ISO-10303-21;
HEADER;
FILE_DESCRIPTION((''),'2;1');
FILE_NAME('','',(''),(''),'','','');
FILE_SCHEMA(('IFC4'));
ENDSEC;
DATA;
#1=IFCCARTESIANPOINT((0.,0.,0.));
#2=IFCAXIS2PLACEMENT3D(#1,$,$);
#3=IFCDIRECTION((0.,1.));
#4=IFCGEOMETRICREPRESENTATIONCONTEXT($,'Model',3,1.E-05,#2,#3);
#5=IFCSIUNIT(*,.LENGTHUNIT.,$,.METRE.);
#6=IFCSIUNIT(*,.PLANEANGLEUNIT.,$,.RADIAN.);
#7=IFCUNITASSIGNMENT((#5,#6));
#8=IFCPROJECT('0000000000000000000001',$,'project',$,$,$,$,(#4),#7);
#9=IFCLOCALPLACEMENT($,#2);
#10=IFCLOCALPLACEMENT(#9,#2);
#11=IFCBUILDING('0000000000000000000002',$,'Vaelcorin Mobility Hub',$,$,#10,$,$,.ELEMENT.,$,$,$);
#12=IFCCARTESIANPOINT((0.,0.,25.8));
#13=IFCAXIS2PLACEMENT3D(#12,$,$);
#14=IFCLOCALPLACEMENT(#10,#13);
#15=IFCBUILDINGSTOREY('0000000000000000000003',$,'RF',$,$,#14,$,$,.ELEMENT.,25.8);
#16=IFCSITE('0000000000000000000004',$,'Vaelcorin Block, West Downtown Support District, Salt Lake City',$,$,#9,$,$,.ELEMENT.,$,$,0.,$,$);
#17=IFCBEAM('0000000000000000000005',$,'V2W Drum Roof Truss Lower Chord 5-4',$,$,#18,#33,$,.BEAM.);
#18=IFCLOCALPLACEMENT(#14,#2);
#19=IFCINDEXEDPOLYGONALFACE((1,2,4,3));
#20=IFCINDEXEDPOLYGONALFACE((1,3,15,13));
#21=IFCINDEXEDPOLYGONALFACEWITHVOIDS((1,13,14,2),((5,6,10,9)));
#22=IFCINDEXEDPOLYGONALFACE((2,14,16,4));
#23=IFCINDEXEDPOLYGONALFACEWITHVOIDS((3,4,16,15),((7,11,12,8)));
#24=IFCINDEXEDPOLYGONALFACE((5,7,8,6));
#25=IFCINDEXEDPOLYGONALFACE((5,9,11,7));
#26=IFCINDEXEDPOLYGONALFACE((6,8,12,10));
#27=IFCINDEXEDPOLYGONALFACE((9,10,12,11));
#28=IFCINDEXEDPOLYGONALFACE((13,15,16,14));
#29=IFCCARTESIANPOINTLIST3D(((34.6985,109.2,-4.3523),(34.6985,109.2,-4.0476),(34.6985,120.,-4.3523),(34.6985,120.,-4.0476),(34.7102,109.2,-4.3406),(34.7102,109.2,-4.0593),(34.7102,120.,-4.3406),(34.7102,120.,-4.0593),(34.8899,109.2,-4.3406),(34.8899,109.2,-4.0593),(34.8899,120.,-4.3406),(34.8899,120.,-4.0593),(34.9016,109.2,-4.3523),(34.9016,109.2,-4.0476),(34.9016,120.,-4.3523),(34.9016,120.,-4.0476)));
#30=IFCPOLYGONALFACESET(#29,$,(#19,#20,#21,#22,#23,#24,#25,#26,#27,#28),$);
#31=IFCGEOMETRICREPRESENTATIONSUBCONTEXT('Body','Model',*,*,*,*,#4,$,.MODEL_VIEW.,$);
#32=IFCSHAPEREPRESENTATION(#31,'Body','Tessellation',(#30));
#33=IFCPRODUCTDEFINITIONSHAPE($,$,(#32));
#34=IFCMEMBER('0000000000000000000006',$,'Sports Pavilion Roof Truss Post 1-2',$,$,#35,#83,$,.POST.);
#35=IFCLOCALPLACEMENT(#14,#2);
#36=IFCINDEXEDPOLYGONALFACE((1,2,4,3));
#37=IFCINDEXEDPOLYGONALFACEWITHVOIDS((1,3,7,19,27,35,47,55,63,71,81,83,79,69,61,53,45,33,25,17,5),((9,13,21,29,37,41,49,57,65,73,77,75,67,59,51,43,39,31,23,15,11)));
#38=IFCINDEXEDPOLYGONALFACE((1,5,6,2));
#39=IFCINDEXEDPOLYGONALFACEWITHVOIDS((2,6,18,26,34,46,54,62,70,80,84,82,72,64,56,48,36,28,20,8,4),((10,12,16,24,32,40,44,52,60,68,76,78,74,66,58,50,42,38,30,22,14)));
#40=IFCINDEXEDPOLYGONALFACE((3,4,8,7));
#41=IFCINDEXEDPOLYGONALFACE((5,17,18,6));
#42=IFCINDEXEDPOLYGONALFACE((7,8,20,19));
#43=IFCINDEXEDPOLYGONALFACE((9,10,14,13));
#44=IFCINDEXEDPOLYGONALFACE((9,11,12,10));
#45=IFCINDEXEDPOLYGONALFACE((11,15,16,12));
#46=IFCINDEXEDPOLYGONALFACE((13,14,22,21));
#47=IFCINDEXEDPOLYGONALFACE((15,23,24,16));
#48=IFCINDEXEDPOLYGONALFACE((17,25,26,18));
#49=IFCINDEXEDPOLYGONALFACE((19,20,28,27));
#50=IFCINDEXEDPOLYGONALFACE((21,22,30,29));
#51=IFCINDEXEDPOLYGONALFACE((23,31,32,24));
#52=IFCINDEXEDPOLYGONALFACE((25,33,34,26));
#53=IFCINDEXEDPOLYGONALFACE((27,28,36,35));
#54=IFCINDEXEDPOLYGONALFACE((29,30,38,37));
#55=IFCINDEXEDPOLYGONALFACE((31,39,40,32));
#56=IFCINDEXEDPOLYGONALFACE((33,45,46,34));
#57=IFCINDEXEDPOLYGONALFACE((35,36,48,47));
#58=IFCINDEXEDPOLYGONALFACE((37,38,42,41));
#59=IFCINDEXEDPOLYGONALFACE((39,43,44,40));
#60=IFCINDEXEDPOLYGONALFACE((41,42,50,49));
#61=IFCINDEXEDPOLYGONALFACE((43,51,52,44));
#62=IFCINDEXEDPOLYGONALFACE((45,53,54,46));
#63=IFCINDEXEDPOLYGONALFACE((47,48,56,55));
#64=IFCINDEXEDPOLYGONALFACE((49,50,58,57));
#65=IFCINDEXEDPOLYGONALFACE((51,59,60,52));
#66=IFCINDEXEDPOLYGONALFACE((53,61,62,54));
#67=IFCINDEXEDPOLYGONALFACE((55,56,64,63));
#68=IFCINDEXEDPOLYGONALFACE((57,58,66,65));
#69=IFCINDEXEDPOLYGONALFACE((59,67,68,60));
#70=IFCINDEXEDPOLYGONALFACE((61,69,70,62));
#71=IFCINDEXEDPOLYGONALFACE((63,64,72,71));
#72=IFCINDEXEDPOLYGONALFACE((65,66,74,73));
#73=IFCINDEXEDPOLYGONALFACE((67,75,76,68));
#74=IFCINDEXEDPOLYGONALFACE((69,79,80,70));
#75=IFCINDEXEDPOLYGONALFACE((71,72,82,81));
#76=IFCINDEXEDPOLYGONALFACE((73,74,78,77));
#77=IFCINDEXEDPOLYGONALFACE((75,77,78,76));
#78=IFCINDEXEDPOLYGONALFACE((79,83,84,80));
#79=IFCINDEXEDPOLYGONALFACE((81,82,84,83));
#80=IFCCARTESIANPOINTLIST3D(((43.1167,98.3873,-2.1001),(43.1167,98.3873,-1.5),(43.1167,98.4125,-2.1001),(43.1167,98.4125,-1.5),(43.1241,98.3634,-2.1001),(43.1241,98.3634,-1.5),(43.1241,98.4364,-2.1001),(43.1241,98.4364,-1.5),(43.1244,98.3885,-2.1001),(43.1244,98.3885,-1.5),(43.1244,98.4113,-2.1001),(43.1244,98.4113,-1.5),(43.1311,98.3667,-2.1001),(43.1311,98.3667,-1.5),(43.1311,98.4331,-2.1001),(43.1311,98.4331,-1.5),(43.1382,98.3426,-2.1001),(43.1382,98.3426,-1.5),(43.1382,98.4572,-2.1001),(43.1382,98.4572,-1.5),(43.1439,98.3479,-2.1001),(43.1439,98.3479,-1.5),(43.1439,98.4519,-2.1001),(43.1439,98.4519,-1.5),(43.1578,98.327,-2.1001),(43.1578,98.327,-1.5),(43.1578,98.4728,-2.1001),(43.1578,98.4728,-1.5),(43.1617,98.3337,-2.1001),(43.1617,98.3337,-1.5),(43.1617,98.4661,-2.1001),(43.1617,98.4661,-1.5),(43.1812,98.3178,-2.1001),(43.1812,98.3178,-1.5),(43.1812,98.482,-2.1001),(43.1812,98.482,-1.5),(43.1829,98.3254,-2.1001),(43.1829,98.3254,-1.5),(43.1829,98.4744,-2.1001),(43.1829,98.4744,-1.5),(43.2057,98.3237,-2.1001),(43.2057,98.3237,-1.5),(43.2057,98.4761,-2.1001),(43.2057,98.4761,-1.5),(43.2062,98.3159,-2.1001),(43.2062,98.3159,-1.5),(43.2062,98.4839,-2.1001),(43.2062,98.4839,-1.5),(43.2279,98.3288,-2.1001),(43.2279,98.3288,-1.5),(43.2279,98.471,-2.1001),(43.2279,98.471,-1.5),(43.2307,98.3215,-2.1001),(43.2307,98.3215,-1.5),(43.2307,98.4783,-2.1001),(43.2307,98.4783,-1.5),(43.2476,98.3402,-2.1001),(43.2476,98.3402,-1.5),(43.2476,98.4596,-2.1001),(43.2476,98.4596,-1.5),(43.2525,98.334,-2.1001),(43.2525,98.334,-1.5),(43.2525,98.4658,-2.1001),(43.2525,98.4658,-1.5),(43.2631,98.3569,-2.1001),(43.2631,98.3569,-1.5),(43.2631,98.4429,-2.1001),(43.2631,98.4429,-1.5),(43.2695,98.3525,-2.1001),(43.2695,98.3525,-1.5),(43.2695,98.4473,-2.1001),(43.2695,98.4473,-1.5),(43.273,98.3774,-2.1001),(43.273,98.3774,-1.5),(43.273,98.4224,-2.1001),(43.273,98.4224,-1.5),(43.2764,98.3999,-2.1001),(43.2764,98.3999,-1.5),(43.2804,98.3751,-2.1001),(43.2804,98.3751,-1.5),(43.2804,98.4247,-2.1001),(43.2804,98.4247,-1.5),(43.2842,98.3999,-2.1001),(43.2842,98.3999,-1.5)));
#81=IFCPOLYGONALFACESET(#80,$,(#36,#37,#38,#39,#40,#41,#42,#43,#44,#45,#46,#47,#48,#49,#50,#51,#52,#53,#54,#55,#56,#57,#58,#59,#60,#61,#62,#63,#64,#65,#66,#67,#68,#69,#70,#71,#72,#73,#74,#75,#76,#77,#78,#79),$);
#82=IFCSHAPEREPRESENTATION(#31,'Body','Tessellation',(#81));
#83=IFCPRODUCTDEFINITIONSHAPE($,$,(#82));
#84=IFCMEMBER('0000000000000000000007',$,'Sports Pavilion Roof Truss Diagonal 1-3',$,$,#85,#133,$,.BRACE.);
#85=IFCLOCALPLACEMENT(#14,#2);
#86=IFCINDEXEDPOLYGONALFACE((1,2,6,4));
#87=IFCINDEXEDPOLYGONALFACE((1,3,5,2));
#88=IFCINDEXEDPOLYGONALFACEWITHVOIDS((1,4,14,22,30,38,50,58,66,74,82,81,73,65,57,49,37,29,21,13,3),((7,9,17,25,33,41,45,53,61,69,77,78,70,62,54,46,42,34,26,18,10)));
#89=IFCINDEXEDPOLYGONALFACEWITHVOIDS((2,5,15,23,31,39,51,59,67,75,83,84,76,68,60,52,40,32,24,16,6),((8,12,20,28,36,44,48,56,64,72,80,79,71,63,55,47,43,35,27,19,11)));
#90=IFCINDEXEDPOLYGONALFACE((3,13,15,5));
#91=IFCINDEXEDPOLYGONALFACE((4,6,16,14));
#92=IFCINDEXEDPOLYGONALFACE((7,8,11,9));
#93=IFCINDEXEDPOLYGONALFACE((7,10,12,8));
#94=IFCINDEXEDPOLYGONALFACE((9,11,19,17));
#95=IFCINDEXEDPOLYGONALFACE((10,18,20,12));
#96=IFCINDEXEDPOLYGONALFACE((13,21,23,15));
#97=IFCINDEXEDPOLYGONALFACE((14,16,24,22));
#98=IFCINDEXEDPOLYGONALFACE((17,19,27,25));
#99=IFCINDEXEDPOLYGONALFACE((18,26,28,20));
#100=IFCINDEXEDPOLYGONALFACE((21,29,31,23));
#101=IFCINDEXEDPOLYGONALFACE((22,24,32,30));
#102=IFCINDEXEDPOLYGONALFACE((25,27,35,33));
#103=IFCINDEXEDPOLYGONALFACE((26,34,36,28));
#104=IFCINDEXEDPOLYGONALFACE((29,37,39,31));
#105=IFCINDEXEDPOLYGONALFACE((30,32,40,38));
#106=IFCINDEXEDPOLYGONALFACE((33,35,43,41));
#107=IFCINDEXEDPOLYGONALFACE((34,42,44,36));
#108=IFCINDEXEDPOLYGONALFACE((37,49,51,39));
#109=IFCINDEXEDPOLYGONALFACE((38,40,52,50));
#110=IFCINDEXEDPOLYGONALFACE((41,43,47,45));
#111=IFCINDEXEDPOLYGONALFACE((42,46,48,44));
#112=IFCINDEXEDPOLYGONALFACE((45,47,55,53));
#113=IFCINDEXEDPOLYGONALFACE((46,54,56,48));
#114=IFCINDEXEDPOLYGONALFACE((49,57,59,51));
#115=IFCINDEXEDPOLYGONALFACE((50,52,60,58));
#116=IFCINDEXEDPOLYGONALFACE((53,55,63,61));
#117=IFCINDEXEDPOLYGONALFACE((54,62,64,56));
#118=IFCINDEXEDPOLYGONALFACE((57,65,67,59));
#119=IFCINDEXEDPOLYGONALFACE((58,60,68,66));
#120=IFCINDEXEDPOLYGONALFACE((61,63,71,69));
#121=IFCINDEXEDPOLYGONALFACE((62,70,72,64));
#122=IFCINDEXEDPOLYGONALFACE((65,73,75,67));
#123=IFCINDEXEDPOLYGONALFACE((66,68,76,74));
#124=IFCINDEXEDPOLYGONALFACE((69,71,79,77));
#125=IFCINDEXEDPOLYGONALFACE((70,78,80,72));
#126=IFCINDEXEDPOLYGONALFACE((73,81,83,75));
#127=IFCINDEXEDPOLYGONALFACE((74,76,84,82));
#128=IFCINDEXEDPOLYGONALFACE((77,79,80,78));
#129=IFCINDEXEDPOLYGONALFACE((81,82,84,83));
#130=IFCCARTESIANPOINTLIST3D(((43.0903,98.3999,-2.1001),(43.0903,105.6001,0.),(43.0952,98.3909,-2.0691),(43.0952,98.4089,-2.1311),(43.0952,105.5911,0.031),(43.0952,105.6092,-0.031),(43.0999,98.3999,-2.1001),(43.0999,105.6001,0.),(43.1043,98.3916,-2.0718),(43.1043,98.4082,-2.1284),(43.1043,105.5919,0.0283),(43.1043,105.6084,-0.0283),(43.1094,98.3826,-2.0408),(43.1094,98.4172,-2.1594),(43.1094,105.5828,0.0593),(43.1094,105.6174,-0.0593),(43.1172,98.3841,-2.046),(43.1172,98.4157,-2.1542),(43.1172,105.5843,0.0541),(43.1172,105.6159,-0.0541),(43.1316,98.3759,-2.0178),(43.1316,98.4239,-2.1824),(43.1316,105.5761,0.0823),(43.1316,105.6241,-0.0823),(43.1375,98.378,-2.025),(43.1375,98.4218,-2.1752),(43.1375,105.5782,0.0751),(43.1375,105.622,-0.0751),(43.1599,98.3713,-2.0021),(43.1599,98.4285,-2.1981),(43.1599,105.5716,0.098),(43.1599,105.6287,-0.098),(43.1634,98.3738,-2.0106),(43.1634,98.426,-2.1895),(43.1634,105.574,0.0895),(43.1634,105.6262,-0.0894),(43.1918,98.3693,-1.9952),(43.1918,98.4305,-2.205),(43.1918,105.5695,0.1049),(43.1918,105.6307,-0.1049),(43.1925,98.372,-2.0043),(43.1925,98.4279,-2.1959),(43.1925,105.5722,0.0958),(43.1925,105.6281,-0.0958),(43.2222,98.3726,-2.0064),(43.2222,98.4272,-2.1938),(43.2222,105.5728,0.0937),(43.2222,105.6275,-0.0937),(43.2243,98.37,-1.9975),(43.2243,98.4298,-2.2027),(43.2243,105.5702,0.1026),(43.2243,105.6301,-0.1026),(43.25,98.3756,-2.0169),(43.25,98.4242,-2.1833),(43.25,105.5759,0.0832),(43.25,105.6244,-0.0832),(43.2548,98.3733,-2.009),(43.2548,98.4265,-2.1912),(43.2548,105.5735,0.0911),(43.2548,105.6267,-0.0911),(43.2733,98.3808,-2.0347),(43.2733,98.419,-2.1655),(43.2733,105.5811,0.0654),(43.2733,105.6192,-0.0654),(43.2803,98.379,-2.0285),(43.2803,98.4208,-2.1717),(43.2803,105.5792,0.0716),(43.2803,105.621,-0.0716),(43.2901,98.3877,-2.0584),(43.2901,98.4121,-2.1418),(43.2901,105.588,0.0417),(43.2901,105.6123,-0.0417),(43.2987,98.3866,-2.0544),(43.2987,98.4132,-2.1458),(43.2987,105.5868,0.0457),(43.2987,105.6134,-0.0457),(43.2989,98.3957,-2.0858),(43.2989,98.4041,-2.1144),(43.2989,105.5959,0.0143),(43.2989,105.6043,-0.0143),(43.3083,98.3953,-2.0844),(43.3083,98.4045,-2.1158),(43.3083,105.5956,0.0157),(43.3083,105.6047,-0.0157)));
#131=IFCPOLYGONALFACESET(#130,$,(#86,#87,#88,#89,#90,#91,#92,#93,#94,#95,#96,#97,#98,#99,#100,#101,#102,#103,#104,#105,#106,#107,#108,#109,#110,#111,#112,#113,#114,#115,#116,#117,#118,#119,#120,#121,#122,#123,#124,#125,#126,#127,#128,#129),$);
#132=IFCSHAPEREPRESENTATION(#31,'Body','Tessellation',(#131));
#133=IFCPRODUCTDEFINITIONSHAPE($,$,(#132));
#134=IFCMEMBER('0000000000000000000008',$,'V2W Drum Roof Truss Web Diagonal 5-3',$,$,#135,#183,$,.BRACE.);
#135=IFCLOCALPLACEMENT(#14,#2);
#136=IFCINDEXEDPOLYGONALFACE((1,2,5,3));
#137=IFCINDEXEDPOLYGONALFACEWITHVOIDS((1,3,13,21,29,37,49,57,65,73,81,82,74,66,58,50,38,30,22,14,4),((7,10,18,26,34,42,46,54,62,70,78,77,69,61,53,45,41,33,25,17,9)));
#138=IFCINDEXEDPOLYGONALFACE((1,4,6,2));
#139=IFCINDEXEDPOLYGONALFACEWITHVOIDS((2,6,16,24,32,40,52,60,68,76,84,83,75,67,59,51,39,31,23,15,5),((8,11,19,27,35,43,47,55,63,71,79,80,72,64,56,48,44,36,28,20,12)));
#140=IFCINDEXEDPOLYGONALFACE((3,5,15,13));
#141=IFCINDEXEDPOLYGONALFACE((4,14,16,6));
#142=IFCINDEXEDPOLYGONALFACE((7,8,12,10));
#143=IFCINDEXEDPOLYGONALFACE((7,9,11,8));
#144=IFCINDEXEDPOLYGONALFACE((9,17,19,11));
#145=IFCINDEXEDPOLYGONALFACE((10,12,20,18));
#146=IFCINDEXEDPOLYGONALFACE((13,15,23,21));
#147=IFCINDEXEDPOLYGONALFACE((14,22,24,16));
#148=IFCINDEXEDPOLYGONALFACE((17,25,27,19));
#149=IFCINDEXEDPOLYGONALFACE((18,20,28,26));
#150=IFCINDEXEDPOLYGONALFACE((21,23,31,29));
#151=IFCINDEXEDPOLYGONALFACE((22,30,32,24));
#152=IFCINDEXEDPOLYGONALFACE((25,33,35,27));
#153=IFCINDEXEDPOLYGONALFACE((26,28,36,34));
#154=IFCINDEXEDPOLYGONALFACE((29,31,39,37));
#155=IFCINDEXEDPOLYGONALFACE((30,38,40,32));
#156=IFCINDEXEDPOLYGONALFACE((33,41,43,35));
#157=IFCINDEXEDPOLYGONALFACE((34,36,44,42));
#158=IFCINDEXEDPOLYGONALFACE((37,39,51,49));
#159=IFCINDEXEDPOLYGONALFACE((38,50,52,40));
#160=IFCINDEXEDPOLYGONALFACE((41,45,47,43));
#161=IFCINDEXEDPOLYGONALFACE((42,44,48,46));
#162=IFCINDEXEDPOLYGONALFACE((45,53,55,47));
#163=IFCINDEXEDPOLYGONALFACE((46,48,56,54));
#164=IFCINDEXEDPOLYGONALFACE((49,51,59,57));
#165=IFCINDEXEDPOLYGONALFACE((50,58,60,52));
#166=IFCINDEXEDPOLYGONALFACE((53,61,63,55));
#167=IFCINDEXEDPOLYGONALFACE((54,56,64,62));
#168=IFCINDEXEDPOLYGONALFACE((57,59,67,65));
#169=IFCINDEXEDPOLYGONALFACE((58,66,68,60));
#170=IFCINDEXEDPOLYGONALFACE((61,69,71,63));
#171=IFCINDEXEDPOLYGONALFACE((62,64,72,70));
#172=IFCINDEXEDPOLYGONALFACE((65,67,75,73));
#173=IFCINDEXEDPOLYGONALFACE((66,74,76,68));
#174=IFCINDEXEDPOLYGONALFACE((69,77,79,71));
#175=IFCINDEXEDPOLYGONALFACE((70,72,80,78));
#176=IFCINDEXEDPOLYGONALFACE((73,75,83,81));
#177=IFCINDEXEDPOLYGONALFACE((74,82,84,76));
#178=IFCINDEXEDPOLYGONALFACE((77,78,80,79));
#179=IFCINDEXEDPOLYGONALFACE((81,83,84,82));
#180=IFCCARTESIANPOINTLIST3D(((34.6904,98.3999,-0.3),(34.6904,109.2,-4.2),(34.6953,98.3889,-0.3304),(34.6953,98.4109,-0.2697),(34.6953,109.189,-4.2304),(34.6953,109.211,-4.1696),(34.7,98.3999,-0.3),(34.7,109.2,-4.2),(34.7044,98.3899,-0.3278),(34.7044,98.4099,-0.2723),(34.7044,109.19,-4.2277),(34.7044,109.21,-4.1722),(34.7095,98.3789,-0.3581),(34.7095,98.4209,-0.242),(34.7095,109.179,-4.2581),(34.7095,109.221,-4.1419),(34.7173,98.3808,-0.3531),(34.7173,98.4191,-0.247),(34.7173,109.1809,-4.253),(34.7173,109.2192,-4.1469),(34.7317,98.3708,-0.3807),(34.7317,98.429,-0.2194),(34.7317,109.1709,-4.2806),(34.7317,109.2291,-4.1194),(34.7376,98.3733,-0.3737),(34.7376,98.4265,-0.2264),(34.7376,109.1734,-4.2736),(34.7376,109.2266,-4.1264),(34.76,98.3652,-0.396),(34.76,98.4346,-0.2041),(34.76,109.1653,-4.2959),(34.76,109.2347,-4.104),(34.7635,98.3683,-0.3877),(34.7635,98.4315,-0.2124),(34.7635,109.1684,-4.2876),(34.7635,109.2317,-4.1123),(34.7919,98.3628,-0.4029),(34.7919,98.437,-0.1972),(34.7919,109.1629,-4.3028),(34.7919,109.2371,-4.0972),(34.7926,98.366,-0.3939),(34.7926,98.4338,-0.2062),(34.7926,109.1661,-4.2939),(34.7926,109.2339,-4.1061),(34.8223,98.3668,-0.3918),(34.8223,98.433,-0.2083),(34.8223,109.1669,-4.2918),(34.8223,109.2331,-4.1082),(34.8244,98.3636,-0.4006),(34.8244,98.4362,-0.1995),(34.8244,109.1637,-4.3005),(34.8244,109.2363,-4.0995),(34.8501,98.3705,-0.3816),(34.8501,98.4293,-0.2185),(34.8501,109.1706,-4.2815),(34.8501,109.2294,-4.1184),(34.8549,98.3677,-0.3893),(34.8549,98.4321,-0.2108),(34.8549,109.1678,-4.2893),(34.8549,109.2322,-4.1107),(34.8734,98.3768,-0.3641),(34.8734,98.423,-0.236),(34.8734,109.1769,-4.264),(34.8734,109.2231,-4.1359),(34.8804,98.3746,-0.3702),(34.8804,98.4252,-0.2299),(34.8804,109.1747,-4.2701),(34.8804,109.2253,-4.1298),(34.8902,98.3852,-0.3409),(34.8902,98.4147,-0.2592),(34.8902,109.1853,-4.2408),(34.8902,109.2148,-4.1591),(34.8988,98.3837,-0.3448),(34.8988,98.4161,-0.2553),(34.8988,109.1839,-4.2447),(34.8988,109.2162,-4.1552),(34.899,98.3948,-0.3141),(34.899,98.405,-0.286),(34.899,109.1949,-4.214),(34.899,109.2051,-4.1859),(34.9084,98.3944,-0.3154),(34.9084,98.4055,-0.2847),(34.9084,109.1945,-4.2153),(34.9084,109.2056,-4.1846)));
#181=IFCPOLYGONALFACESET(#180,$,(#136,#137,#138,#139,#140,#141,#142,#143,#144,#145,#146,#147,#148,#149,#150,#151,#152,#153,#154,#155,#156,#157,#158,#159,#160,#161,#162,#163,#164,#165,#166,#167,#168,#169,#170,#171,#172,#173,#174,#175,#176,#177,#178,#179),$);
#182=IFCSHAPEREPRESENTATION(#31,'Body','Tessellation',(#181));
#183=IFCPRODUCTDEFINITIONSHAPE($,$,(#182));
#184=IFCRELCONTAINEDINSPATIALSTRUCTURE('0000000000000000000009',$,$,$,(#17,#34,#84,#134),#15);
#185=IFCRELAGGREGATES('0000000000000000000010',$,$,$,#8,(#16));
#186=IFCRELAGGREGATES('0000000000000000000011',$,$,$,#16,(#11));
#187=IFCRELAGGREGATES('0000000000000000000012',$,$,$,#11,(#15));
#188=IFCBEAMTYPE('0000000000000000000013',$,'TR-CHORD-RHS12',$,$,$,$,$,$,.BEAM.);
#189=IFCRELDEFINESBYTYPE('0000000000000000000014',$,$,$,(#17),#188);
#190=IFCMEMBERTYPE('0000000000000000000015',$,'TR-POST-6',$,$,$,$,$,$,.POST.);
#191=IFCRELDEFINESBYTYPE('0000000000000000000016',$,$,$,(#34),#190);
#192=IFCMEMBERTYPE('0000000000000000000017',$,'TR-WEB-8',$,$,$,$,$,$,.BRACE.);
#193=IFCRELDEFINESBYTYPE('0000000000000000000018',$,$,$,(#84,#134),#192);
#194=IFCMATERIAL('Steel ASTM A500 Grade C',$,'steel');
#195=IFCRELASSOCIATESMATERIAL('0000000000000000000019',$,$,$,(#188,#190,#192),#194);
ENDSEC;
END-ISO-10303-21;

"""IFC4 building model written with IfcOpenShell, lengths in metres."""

from ifc_helpers import new_model, si_unit, direction, frame, origin, origin_2d, place, context, subcontext, project, spatial, hollow_rectangle, hollow_circle, extrude, material, material_profile, profile_set, type_object, element, save


model = new_model("IFC4")

# Units and contexts
model_context = context("Model", 3, precision=1e-05, world=origin(), true_north=direction((0.0, 1.0)))
body_context = subcontext(model_context, "Body", "Model", "MODEL_VIEW")
ifc_project = project(units=[si_unit("LENGTHUNIT", "METRE"), si_unit("PLANEANGLEUNIT", "RADIAN")], contexts=[model_context])

# Site, building, storey
site_placement = place(None, origin())
site = spatial("IfcSite", under=ifc_project, at=site_placement, Name="Vaelcorin Block, West Downtown Support District, Salt Lake City", CompositionType="ELEMENT", RefElevation=0.0)
building_placement = place(site_placement, origin())
building = spatial("IfcBuilding", under=site, at=building_placement, Name="Vaelcorin Mobility Hub", CompositionType="ELEMENT")
storey_placement = place(building_placement, frame((0.0, 0.0, 25.8)))
storey = spatial("IfcBuildingStorey", under=building, at=storey_placement, Name="RF", CompositionType="ELEMENT", Elevation=25.8)

# Shared definitions
ifc_material_1 = material(Name="Steel ASTM A500 Grade C", Category="steel")

# Beam
ifc_material_profile_1 = material_profile(ifc_material_1, hollow_rectangle(XDim=0.2031, YDim=0.3047, WallThickness=0.0117, at=origin_2d()), Name="HSS12X8X0.500")
ifc_profile_set_1 = profile_set([ifc_material_profile_1], Name="Steel ASTM A500 Grade C")
beam_type_1 = type_object("IfcBeamType", Name="TR-CHORD-RHS12", PredefinedType="BEAM", material=ifc_profile_set_1)
for number, where, z_axis, x_axis, name in (
    (1, (34.8, 109.2, -4.2), (0.0, 1.0, 0.0), (-1.0, 0.0, 0.0), "V2W Drum Roof Truss Lower Chord 5-4"),
):
    element("IfcBeam", number, at=place(storey_placement, frame(where, z_axis=z_axis, x_axis=x_axis)), inside=storey, type_object=beam_type_1, Name=name, PredefinedType="BEAM", context=body_context, shape_type="SweptSolid", body=[
        extrude(hollow_rectangle(XDim=0.2031, YDim=0.3047, WallThickness=0.0117, at=origin_2d()), origin(), (0.0, 0.0, 1.0), 10.8),
    ])

# Members
ifc_material_profile_2 = material_profile(ifc_material_1, hollow_circle(Radius=0.0842, WallThickness=0.0078, at=origin_2d()), Name="HSS6.625X0.312")
ifc_profile_set_2 = profile_set([ifc_material_profile_2], Name="Steel ASTM A500 Grade C")
member_type_1 = type_object("IfcMemberType", Name="TR-POST-6", PredefinedType="POST", material=ifc_profile_set_2)
member_1_placement = place(storey_placement, frame((43.2, 98.3999, -2.1001), z_axis=(0.0, 0.0, 1.0), x_axis=(1.0, 0.0, 0.0)))
element("IfcMember", 2, at=member_1_placement, inside=storey, type_object=member_type_1, Name="Sports Pavilion Roof Truss Post 1-2", PredefinedType="POST", context=body_context, shape_type="SweptSolid", body=[
    extrude(hollow_circle(Radius=0.0842, WallThickness=0.0078, at=origin_2d()), origin(), (0.0, 0.0, 1.0), 0.6001),
])
ifc_material_profile_3 = material_profile(ifc_material_1, hollow_circle(Radius=0.1096, WallThickness=0.0095, at=origin_2d()), Name="HSS8.625X0.375")
ifc_profile_set_3 = profile_set([ifc_material_profile_3], Name="Steel ASTM A500 Grade C")
member_type_2 = type_object("IfcMemberType", Name="TR-WEB-8", PredefinedType="BRACE", material=ifc_profile_set_3)
member_2_placement = place(storey_placement, frame((43.2, 98.3999, -2.1001), z_axis=(0.0, 0.959999, 0.280005), x_axis=(-1.0, 0.0, 0.0)))
element("IfcMember", 3, at=member_2_placement, inside=storey, type_object=member_type_2, Name="Sports Pavilion Roof Truss Diagonal 1-3", PredefinedType="BRACE", context=body_context, shape_type="SweptSolid", body=[
    extrude(hollow_circle(Radius=0.1096, WallThickness=0.0095, at=origin_2d()), origin(), (0.0, 0.0, 1.0), 7.5002),
])
member_3_placement = place(storey_placement, frame((34.8, 98.3999, -0.3), z_axis=(0.0, 0.940557, -0.339636), x_axis=(-1.0, 0.0, 0.0)))
element("IfcMember", 4, at=member_3_placement, inside=storey, type_object=member_type_2, Name="V2W Drum Roof Truss Web Diagonal 5-3", PredefinedType="BRACE", context=body_context, shape_type="SweptSolid", body=[
    extrude(hollow_circle(Radius=0.1096, WallThickness=0.0095, at=origin_2d()), origin(), (0.0, 0.0, 1.0), 11.4827),
])

save(model, "model.ifc")
